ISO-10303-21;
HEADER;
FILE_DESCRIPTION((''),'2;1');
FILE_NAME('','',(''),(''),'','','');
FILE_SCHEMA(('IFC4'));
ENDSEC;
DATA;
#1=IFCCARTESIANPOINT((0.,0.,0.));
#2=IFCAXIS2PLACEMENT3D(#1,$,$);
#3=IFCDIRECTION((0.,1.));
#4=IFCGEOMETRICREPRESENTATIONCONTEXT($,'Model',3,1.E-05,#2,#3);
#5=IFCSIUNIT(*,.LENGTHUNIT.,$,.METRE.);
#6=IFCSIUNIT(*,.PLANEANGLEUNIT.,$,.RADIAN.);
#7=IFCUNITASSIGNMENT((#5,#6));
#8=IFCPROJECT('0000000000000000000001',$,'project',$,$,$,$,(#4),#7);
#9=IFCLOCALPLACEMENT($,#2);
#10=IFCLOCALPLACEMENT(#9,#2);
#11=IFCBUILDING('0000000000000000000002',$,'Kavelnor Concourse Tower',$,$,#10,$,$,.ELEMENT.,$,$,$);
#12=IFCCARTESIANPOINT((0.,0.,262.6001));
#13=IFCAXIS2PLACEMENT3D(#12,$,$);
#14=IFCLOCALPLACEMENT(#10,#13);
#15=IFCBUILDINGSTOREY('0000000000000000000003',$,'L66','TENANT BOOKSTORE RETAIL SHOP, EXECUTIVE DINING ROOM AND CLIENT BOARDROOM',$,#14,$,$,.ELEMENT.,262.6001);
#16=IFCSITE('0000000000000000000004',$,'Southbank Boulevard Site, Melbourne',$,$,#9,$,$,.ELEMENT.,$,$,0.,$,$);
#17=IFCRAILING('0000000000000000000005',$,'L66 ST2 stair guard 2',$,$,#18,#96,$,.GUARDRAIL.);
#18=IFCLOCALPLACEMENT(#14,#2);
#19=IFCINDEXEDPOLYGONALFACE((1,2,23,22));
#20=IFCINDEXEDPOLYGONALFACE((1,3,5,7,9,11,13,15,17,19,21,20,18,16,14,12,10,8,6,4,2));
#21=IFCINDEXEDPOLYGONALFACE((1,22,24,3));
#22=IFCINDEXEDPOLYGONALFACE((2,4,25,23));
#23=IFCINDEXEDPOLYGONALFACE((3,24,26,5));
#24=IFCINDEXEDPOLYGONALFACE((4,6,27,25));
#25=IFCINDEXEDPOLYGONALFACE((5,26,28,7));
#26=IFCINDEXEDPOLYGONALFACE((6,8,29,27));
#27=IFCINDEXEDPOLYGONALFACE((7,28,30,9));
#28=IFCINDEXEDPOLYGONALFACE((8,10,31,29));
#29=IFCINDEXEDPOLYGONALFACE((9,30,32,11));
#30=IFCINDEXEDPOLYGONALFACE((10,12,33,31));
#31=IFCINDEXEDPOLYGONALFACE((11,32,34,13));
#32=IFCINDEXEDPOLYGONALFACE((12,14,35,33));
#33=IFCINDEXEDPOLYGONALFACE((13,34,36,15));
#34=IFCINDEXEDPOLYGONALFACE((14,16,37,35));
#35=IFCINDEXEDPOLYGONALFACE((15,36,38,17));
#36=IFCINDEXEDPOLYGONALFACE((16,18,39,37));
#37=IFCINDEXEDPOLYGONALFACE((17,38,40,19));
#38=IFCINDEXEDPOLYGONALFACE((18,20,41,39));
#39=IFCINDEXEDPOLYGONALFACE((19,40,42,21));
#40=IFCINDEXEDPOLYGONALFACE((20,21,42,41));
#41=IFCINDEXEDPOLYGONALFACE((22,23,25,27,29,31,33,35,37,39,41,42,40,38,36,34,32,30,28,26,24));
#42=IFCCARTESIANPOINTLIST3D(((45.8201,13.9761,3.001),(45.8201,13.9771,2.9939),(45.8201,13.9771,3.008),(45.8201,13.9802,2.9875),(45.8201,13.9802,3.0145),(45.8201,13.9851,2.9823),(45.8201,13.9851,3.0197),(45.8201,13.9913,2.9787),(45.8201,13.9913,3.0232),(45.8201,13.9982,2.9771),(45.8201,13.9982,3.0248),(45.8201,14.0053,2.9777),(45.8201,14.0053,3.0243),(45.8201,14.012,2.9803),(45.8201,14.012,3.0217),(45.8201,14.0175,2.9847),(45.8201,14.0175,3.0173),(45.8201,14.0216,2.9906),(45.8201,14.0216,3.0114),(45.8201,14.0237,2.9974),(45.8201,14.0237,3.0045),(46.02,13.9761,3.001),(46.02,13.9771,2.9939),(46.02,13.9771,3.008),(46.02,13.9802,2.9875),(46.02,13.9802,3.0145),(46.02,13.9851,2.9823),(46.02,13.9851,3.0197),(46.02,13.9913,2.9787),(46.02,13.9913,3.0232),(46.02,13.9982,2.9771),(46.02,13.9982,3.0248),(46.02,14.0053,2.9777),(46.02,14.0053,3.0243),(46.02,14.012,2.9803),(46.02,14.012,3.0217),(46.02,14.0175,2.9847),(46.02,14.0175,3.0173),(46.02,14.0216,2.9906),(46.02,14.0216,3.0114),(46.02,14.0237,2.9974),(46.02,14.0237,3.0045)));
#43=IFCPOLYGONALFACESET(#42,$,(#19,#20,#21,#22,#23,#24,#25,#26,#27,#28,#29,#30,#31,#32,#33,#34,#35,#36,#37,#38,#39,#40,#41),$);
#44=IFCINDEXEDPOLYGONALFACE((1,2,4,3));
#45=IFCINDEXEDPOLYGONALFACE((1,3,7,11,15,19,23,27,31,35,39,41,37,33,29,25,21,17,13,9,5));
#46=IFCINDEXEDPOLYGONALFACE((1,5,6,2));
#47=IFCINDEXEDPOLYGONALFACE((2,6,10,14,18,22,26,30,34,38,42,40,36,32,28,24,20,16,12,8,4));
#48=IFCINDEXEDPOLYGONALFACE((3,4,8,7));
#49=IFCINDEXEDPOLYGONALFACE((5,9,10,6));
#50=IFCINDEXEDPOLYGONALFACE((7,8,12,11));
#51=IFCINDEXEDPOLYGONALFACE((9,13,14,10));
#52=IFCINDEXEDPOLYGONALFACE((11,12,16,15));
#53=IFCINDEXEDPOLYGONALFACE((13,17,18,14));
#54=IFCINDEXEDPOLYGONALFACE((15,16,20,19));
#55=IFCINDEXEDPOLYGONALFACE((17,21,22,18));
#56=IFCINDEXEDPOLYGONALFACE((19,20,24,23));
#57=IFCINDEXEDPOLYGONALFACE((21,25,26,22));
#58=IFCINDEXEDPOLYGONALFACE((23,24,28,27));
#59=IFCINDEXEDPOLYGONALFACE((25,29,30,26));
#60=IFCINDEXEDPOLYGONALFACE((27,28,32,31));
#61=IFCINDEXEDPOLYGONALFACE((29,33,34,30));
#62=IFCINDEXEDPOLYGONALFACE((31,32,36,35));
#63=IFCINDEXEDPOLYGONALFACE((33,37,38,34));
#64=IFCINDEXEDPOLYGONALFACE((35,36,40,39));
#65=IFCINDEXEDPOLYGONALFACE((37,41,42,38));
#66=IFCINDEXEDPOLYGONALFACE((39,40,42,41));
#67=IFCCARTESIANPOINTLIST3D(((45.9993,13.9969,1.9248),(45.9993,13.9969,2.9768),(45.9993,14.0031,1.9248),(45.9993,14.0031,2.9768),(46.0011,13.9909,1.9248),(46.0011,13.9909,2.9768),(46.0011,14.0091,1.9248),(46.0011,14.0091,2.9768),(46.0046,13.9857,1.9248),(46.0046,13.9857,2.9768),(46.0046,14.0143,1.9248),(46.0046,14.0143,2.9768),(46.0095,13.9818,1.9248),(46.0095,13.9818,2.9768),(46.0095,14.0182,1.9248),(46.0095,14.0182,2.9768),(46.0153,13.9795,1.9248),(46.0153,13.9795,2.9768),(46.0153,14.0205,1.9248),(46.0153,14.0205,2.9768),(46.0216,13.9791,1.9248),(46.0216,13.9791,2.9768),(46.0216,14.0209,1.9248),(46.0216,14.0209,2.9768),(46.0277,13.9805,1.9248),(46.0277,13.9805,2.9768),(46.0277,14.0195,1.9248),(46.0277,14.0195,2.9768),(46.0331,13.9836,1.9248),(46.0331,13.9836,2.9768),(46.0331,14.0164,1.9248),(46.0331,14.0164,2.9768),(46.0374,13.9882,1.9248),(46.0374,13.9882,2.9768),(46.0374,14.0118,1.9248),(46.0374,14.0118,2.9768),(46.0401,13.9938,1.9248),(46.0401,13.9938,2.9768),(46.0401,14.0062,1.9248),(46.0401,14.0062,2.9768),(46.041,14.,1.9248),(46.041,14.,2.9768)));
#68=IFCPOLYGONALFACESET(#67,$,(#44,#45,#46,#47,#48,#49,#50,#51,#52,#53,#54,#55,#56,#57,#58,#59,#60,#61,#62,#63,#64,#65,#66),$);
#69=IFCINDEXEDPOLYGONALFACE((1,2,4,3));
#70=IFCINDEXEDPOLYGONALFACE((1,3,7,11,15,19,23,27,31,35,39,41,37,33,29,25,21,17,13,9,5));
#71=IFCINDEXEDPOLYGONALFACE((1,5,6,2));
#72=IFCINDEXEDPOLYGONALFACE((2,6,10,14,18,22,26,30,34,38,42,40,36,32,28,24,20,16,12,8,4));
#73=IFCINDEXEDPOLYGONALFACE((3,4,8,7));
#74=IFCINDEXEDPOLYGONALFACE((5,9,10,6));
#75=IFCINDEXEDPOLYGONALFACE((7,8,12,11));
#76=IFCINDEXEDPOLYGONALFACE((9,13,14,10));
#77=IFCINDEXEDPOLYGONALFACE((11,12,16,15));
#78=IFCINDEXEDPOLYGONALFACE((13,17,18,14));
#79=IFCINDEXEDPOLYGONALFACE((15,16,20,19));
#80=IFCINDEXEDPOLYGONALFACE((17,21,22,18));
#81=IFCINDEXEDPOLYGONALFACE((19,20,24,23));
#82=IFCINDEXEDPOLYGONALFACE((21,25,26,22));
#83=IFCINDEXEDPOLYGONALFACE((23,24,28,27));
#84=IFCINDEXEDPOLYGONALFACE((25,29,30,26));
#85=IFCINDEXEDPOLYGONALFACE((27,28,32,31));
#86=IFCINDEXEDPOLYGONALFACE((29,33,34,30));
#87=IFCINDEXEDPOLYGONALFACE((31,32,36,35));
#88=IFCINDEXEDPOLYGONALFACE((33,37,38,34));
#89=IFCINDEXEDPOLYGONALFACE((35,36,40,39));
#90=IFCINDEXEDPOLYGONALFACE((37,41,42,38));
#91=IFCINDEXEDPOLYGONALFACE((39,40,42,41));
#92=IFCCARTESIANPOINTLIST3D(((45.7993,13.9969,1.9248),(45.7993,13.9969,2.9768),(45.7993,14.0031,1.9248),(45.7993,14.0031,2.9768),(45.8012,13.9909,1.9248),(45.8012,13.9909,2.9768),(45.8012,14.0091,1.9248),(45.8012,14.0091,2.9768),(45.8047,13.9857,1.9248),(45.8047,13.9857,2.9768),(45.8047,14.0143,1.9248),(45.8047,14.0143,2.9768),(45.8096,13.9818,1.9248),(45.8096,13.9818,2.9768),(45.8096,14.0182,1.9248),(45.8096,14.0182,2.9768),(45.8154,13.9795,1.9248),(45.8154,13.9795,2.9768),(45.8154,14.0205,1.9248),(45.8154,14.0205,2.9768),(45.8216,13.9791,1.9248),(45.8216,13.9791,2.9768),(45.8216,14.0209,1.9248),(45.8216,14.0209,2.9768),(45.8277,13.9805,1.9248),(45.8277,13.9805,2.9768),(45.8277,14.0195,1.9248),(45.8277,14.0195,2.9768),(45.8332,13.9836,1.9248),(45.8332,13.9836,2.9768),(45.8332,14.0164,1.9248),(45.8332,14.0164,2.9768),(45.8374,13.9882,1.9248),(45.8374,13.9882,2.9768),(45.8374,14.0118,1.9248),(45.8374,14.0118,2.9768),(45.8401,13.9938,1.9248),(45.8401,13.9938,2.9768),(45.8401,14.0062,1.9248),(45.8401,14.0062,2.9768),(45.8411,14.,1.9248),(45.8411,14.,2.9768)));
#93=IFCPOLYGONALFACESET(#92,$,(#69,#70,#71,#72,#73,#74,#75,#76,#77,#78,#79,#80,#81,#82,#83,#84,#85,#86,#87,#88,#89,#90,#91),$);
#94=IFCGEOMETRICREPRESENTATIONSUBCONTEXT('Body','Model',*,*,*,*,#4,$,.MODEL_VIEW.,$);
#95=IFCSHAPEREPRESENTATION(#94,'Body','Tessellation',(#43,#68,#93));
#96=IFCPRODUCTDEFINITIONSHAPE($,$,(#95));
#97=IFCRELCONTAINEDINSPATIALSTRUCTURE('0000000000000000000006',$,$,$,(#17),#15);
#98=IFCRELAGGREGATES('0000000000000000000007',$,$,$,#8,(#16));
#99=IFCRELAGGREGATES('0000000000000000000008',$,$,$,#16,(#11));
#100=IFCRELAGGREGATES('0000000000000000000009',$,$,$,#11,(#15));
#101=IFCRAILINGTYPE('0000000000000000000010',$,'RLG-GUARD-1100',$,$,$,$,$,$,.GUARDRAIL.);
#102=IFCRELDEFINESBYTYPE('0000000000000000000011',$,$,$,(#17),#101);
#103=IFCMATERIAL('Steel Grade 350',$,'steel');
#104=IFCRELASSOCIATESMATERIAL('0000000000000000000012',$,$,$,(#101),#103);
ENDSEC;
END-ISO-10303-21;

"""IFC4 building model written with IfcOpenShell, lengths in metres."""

from ifc_helpers import new_model, si_unit, direction, frame, origin, origin_2d, place, context, subcontext, project, spatial, circle, extrude, material, type_object, element, save


model = new_model("IFC4")

# Units and contexts
model_context = context("Model", 3, precision=1e-05, world=origin(), true_north=direction((0.0, 1.0)))
body_context = subcontext(model_context, "Body", "Model", "MODEL_VIEW")
ifc_project = project(units=[si_unit("LENGTHUNIT", "METRE"), si_unit("PLANEANGLEUNIT", "RADIAN")], contexts=[model_context])

# Site, building, storey
site_placement = place(None, origin())
site = spatial("IfcSite", under=ifc_project, at=site_placement, Name="Southbank Boulevard Site, Melbourne", CompositionType="ELEMENT", RefElevation=0.0)
building_placement = place(site_placement, origin())
building = spatial("IfcBuilding", under=site, at=building_placement, Name="Kavelnor Concourse Tower", CompositionType="ELEMENT")
storey_placement = place(building_placement, frame((0.0, 0.0, 262.6001)))
storey = spatial("IfcBuildingStorey", under=building, at=storey_placement, Name="L66", Description="TENANT BOOKSTORE RETAIL SHOP, EXECUTIVE DINING ROOM AND CLIENT BOARDROOM", CompositionType="ELEMENT", Elevation=262.6001)

# Shared definitions
ifc_material_1 = material(Name="Steel Grade 350", Category="steel")

# Railing
railing_type_1 = type_object("IfcRailingType", Name="RLG-GUARD-1100", PredefinedType="GUARDRAIL", material=ifc_material_1)
railing_1_placement = place(storey_placement, frame((46.02, 14.0, 1.9248)))
element("IfcRailing", 1, at=railing_1_placement, inside=storey, type_object=railing_type_1, Name="L66 ST2 stair guard 2", PredefinedType="GUARDRAIL", context=body_context, shape_type="SweptSolid", body=[
    extrude(circle(Radius=0.0239, at=origin_2d()), frame((0.0, 0.0, 1.0762), z_axis=(-1.0, 0.0, 0.0), x_axis=(0.0, -1.0, 0.0)), (0.0, 0.0, 1.0), 0.2),
    extrude(circle(Radius=0.021, at=origin_2d()), origin(), (0.0, 0.0, 1.0), 1.052),
    extrude(circle(Radius=0.021, at=origin_2d()), frame((-0.2, 0.0, 0.0)), (0.0, 0.0, 1.0), 1.052),
])

save(model, "model.ifc")
